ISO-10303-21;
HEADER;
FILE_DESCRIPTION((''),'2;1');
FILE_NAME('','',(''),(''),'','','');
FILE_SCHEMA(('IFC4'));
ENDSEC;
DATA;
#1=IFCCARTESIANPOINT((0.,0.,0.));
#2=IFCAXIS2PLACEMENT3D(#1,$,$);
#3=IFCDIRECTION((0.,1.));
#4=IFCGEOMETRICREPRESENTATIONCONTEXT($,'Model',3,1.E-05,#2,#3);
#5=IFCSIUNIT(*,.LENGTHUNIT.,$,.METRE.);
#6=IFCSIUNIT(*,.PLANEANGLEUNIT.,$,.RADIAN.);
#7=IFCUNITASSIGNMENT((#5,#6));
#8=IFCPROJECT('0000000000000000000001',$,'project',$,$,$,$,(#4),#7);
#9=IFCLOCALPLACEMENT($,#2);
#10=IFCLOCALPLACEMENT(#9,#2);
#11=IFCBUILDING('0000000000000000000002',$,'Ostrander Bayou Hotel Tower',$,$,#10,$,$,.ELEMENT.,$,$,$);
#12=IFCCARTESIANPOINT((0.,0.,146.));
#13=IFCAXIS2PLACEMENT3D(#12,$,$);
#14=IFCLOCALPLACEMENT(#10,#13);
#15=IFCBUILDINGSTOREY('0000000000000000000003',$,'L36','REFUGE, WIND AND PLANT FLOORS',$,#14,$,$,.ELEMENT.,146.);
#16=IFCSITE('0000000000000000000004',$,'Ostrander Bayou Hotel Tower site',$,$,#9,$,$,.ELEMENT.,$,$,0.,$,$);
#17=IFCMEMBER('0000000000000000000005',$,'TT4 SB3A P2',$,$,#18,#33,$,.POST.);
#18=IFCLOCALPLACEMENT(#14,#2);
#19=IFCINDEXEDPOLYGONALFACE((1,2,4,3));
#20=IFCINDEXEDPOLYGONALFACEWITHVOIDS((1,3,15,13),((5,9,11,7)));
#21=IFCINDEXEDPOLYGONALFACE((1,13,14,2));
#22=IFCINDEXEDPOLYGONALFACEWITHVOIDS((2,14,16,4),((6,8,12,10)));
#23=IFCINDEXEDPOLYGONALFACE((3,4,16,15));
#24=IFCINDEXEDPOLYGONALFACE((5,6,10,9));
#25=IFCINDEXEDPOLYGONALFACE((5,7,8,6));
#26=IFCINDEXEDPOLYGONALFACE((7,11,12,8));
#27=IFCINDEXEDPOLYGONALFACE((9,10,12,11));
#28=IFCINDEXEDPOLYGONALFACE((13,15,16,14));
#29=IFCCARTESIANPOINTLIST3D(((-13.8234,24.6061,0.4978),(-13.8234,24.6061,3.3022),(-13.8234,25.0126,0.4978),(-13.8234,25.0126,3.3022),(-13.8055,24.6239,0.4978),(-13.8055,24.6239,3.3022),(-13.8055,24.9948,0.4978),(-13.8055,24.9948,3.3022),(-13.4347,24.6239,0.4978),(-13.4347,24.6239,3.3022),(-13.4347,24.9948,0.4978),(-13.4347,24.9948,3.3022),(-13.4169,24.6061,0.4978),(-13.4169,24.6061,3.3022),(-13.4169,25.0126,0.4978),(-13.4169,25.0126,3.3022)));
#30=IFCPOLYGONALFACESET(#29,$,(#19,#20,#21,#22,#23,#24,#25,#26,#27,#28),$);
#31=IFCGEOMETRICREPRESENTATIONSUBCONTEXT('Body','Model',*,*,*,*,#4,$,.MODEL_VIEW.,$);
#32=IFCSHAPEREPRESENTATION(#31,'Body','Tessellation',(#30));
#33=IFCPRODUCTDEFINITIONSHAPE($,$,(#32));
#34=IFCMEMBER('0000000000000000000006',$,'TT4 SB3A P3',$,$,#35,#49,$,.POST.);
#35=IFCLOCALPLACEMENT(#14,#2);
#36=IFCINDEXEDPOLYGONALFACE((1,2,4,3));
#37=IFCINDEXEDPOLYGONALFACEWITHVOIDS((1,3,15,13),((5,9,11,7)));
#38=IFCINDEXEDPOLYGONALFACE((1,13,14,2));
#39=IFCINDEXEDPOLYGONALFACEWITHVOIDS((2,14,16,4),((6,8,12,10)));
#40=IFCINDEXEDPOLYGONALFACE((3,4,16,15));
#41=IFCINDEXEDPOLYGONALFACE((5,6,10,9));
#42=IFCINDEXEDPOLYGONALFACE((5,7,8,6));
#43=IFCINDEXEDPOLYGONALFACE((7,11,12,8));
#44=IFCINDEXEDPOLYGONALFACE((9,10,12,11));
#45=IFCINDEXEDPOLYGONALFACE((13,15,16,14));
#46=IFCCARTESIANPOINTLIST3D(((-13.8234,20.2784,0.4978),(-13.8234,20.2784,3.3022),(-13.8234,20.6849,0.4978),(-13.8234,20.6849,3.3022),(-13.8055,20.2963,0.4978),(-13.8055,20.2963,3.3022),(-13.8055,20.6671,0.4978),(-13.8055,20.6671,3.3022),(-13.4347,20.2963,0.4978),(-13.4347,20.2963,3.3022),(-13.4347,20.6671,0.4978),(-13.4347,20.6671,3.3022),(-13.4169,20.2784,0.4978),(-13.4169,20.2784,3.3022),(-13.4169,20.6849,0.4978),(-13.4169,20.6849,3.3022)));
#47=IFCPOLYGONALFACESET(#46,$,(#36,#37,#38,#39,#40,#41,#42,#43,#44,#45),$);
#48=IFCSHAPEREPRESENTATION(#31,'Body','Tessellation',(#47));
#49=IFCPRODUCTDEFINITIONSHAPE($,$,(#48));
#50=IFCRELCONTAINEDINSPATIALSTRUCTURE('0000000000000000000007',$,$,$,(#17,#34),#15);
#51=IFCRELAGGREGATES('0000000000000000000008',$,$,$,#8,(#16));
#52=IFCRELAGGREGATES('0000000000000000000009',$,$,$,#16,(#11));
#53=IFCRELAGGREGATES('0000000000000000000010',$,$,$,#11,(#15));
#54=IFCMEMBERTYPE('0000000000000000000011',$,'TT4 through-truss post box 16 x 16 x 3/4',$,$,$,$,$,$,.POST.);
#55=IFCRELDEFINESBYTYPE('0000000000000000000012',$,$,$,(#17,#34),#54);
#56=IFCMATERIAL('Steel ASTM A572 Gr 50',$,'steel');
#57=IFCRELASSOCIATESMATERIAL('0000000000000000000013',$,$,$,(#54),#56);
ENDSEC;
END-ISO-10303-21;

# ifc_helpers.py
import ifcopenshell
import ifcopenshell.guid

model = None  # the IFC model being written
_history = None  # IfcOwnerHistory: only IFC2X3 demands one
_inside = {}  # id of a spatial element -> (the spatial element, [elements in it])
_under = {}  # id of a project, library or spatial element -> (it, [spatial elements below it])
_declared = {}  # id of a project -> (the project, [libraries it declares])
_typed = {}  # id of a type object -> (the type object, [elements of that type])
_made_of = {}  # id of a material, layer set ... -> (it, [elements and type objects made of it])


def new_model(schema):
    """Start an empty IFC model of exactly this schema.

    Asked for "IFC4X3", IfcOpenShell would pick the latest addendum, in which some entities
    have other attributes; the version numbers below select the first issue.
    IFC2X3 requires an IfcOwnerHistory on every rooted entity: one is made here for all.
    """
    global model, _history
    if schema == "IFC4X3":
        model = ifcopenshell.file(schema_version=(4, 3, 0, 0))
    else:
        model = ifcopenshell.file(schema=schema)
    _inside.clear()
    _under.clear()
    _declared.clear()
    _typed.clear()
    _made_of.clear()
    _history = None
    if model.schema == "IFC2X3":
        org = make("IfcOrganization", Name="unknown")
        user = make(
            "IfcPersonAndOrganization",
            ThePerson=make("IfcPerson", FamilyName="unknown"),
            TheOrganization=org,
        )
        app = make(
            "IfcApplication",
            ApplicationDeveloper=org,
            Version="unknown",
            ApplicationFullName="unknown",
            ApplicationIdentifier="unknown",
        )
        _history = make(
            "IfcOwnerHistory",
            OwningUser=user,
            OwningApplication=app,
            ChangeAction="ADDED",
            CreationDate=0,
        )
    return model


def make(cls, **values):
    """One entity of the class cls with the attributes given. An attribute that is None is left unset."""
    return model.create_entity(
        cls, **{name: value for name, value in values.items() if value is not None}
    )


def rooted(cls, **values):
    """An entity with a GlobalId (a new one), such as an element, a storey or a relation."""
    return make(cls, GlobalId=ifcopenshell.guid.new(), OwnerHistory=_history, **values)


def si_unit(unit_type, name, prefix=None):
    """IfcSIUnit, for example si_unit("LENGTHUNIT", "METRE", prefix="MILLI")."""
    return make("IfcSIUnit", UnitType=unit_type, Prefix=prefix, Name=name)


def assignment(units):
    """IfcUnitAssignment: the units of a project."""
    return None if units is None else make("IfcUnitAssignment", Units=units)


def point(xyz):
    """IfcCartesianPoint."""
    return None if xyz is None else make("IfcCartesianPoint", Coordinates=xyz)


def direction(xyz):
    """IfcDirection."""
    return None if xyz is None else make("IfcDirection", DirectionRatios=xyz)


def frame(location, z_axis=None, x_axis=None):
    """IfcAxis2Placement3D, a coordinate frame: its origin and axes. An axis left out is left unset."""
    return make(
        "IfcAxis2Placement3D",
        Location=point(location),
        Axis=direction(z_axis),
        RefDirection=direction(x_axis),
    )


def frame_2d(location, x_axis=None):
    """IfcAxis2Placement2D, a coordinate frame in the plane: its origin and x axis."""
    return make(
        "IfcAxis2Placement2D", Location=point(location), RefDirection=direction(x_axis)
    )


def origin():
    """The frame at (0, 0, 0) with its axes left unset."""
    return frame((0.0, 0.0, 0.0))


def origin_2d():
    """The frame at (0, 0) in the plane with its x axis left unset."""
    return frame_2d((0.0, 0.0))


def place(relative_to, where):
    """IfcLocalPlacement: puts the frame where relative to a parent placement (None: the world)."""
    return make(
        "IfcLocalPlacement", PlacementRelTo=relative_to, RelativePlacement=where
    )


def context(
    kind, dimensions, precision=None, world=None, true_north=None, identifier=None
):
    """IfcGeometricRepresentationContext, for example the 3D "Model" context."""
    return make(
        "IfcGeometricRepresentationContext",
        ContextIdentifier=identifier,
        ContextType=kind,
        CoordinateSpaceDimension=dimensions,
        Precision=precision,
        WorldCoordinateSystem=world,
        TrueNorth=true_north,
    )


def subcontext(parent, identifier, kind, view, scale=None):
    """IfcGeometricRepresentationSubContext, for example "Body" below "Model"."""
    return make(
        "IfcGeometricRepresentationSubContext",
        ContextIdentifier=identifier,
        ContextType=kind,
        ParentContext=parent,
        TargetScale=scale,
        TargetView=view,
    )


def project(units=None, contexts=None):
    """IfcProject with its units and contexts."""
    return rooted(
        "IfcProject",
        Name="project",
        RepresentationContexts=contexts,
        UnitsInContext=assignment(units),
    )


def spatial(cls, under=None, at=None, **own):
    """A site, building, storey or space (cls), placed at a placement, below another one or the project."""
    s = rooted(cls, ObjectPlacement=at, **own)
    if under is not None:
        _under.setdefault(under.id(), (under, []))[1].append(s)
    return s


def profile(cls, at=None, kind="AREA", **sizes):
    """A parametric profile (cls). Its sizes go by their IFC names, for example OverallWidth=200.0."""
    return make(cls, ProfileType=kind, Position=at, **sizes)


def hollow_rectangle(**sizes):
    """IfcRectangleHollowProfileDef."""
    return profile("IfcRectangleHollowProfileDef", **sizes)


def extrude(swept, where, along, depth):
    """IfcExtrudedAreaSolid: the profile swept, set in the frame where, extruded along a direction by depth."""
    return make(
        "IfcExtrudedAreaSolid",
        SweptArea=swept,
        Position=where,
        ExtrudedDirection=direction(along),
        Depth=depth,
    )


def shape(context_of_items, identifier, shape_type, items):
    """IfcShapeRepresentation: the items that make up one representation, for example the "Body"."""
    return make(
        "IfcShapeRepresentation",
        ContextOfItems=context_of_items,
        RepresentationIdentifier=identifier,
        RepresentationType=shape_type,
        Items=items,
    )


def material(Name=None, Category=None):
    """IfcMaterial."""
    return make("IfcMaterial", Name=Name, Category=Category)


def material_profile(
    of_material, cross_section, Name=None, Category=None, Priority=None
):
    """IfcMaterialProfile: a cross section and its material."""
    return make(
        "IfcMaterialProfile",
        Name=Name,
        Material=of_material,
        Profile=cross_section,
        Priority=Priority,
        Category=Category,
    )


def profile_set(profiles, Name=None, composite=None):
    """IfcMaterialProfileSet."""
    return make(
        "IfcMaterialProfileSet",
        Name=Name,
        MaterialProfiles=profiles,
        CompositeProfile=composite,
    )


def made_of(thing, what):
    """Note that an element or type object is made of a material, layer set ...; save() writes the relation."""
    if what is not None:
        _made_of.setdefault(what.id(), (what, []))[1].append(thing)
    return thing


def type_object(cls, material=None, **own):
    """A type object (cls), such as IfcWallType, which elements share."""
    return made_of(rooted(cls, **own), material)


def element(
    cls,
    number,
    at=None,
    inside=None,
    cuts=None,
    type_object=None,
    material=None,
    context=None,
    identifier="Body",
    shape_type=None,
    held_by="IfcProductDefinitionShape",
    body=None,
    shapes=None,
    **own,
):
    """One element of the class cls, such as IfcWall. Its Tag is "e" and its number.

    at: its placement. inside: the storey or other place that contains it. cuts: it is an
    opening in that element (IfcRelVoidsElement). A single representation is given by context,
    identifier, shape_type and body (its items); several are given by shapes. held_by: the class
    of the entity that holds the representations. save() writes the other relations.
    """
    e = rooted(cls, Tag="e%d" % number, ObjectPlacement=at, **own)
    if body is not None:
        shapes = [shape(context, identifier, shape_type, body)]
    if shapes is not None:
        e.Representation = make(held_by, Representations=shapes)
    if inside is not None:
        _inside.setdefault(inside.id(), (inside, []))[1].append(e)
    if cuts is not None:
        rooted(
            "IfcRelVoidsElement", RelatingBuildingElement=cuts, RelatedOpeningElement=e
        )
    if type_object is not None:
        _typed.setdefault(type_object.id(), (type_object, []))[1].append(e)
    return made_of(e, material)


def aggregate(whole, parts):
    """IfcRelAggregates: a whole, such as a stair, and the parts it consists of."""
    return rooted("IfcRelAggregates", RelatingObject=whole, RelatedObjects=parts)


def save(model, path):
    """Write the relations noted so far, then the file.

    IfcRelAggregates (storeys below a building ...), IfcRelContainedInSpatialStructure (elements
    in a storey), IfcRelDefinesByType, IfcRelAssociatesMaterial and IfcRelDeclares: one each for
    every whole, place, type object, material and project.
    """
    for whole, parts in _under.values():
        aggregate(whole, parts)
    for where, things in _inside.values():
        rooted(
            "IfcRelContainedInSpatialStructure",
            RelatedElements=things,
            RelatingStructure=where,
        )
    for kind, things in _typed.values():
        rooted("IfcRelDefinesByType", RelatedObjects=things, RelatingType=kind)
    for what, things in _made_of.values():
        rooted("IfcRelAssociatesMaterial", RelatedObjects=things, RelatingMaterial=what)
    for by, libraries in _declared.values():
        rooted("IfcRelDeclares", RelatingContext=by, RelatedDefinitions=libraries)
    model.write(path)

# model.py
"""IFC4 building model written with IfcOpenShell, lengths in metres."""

from ifc_helpers import new_model, si_unit, direction, frame, origin, origin_2d, place, context, subcontext, project, spatial, hollow_rectangle, extrude, material, material_profile, profile_set, type_object, element, save


model = new_model("IFC4")

# Units and contexts
model_context = context("Model", 3, precision=1e-05, world=origin(), true_north=direction((0.0, 1.0)))
body_context = subcontext(model_context, "Body", "Model", "MODEL_VIEW")
ifc_project = project(units=[si_unit("LENGTHUNIT", "METRE"), si_unit("PLANEANGLEUNIT", "RADIAN")], contexts=[model_context])

# Site, building, storey
site_placement = place(None, origin())
site = spatial("IfcSite", under=ifc_project, at=site_placement, Name="Ostrander Bayou Hotel Tower site", CompositionType="ELEMENT", RefElevation=0.0)
building_placement = place(site_placement, origin())
building = spatial("IfcBuilding", under=site, at=building_placement, Name="Ostrander Bayou Hotel Tower", CompositionType="ELEMENT")
storey_placement = place(building_placement, frame((0.0, 0.0, 146.0)))
storey = spatial("IfcBuildingStorey", under=building, at=storey_placement, Name="L36", Description="REFUGE, WIND AND PLANT FLOORS", CompositionType="ELEMENT", Elevation=146.0)

# Members
ifc_material_1 = material(Name="Steel ASTM A572 Gr 50", Category="steel")
ifc_material_profile_1 = material_profile(ifc_material_1, hollow_rectangle(XDim=0.4065, YDim=0.4065, WallThickness=0.0178, at=origin_2d()))
ifc_profile_set_1 = profile_set([ifc_material_profile_1], Name="Steel ASTM A572 Gr 50")
member_type_1 = type_object("IfcMemberType", Name="TT4 through-truss post box 16 x 16 x 3/4", PredefinedType="POST", material=ifc_profile_set_1)
for number, where, z_axis, x_axis, name in (
    (1, (-13.6201, 24.8093, 0.4978), (0.0, 0.0, 1.0), (1.0, 0.0, 0.0), "TT4 SB3A P2"),
    (2, (-13.6201, 20.4817, 0.4978), (0.0, 0.0, 1.0), (1.0, 0.0, 0.0), "TT4 SB3A P3"),
):
    element("IfcMember", number, at=place(storey_placement, frame(where, z_axis=z_axis, x_axis=x_axis)), inside=storey, type_object=member_type_1, Name=name, PredefinedType="POST", context=body_context, shape_type="SweptSolid", body=[
        extrude(hollow_rectangle(XDim=0.4065, YDim=0.4065, WallThickness=0.0178, at=origin_2d()), origin(), (0.0, 0.0, 1.0), 2.8044),
    ])

save(model, "model.ifc")
